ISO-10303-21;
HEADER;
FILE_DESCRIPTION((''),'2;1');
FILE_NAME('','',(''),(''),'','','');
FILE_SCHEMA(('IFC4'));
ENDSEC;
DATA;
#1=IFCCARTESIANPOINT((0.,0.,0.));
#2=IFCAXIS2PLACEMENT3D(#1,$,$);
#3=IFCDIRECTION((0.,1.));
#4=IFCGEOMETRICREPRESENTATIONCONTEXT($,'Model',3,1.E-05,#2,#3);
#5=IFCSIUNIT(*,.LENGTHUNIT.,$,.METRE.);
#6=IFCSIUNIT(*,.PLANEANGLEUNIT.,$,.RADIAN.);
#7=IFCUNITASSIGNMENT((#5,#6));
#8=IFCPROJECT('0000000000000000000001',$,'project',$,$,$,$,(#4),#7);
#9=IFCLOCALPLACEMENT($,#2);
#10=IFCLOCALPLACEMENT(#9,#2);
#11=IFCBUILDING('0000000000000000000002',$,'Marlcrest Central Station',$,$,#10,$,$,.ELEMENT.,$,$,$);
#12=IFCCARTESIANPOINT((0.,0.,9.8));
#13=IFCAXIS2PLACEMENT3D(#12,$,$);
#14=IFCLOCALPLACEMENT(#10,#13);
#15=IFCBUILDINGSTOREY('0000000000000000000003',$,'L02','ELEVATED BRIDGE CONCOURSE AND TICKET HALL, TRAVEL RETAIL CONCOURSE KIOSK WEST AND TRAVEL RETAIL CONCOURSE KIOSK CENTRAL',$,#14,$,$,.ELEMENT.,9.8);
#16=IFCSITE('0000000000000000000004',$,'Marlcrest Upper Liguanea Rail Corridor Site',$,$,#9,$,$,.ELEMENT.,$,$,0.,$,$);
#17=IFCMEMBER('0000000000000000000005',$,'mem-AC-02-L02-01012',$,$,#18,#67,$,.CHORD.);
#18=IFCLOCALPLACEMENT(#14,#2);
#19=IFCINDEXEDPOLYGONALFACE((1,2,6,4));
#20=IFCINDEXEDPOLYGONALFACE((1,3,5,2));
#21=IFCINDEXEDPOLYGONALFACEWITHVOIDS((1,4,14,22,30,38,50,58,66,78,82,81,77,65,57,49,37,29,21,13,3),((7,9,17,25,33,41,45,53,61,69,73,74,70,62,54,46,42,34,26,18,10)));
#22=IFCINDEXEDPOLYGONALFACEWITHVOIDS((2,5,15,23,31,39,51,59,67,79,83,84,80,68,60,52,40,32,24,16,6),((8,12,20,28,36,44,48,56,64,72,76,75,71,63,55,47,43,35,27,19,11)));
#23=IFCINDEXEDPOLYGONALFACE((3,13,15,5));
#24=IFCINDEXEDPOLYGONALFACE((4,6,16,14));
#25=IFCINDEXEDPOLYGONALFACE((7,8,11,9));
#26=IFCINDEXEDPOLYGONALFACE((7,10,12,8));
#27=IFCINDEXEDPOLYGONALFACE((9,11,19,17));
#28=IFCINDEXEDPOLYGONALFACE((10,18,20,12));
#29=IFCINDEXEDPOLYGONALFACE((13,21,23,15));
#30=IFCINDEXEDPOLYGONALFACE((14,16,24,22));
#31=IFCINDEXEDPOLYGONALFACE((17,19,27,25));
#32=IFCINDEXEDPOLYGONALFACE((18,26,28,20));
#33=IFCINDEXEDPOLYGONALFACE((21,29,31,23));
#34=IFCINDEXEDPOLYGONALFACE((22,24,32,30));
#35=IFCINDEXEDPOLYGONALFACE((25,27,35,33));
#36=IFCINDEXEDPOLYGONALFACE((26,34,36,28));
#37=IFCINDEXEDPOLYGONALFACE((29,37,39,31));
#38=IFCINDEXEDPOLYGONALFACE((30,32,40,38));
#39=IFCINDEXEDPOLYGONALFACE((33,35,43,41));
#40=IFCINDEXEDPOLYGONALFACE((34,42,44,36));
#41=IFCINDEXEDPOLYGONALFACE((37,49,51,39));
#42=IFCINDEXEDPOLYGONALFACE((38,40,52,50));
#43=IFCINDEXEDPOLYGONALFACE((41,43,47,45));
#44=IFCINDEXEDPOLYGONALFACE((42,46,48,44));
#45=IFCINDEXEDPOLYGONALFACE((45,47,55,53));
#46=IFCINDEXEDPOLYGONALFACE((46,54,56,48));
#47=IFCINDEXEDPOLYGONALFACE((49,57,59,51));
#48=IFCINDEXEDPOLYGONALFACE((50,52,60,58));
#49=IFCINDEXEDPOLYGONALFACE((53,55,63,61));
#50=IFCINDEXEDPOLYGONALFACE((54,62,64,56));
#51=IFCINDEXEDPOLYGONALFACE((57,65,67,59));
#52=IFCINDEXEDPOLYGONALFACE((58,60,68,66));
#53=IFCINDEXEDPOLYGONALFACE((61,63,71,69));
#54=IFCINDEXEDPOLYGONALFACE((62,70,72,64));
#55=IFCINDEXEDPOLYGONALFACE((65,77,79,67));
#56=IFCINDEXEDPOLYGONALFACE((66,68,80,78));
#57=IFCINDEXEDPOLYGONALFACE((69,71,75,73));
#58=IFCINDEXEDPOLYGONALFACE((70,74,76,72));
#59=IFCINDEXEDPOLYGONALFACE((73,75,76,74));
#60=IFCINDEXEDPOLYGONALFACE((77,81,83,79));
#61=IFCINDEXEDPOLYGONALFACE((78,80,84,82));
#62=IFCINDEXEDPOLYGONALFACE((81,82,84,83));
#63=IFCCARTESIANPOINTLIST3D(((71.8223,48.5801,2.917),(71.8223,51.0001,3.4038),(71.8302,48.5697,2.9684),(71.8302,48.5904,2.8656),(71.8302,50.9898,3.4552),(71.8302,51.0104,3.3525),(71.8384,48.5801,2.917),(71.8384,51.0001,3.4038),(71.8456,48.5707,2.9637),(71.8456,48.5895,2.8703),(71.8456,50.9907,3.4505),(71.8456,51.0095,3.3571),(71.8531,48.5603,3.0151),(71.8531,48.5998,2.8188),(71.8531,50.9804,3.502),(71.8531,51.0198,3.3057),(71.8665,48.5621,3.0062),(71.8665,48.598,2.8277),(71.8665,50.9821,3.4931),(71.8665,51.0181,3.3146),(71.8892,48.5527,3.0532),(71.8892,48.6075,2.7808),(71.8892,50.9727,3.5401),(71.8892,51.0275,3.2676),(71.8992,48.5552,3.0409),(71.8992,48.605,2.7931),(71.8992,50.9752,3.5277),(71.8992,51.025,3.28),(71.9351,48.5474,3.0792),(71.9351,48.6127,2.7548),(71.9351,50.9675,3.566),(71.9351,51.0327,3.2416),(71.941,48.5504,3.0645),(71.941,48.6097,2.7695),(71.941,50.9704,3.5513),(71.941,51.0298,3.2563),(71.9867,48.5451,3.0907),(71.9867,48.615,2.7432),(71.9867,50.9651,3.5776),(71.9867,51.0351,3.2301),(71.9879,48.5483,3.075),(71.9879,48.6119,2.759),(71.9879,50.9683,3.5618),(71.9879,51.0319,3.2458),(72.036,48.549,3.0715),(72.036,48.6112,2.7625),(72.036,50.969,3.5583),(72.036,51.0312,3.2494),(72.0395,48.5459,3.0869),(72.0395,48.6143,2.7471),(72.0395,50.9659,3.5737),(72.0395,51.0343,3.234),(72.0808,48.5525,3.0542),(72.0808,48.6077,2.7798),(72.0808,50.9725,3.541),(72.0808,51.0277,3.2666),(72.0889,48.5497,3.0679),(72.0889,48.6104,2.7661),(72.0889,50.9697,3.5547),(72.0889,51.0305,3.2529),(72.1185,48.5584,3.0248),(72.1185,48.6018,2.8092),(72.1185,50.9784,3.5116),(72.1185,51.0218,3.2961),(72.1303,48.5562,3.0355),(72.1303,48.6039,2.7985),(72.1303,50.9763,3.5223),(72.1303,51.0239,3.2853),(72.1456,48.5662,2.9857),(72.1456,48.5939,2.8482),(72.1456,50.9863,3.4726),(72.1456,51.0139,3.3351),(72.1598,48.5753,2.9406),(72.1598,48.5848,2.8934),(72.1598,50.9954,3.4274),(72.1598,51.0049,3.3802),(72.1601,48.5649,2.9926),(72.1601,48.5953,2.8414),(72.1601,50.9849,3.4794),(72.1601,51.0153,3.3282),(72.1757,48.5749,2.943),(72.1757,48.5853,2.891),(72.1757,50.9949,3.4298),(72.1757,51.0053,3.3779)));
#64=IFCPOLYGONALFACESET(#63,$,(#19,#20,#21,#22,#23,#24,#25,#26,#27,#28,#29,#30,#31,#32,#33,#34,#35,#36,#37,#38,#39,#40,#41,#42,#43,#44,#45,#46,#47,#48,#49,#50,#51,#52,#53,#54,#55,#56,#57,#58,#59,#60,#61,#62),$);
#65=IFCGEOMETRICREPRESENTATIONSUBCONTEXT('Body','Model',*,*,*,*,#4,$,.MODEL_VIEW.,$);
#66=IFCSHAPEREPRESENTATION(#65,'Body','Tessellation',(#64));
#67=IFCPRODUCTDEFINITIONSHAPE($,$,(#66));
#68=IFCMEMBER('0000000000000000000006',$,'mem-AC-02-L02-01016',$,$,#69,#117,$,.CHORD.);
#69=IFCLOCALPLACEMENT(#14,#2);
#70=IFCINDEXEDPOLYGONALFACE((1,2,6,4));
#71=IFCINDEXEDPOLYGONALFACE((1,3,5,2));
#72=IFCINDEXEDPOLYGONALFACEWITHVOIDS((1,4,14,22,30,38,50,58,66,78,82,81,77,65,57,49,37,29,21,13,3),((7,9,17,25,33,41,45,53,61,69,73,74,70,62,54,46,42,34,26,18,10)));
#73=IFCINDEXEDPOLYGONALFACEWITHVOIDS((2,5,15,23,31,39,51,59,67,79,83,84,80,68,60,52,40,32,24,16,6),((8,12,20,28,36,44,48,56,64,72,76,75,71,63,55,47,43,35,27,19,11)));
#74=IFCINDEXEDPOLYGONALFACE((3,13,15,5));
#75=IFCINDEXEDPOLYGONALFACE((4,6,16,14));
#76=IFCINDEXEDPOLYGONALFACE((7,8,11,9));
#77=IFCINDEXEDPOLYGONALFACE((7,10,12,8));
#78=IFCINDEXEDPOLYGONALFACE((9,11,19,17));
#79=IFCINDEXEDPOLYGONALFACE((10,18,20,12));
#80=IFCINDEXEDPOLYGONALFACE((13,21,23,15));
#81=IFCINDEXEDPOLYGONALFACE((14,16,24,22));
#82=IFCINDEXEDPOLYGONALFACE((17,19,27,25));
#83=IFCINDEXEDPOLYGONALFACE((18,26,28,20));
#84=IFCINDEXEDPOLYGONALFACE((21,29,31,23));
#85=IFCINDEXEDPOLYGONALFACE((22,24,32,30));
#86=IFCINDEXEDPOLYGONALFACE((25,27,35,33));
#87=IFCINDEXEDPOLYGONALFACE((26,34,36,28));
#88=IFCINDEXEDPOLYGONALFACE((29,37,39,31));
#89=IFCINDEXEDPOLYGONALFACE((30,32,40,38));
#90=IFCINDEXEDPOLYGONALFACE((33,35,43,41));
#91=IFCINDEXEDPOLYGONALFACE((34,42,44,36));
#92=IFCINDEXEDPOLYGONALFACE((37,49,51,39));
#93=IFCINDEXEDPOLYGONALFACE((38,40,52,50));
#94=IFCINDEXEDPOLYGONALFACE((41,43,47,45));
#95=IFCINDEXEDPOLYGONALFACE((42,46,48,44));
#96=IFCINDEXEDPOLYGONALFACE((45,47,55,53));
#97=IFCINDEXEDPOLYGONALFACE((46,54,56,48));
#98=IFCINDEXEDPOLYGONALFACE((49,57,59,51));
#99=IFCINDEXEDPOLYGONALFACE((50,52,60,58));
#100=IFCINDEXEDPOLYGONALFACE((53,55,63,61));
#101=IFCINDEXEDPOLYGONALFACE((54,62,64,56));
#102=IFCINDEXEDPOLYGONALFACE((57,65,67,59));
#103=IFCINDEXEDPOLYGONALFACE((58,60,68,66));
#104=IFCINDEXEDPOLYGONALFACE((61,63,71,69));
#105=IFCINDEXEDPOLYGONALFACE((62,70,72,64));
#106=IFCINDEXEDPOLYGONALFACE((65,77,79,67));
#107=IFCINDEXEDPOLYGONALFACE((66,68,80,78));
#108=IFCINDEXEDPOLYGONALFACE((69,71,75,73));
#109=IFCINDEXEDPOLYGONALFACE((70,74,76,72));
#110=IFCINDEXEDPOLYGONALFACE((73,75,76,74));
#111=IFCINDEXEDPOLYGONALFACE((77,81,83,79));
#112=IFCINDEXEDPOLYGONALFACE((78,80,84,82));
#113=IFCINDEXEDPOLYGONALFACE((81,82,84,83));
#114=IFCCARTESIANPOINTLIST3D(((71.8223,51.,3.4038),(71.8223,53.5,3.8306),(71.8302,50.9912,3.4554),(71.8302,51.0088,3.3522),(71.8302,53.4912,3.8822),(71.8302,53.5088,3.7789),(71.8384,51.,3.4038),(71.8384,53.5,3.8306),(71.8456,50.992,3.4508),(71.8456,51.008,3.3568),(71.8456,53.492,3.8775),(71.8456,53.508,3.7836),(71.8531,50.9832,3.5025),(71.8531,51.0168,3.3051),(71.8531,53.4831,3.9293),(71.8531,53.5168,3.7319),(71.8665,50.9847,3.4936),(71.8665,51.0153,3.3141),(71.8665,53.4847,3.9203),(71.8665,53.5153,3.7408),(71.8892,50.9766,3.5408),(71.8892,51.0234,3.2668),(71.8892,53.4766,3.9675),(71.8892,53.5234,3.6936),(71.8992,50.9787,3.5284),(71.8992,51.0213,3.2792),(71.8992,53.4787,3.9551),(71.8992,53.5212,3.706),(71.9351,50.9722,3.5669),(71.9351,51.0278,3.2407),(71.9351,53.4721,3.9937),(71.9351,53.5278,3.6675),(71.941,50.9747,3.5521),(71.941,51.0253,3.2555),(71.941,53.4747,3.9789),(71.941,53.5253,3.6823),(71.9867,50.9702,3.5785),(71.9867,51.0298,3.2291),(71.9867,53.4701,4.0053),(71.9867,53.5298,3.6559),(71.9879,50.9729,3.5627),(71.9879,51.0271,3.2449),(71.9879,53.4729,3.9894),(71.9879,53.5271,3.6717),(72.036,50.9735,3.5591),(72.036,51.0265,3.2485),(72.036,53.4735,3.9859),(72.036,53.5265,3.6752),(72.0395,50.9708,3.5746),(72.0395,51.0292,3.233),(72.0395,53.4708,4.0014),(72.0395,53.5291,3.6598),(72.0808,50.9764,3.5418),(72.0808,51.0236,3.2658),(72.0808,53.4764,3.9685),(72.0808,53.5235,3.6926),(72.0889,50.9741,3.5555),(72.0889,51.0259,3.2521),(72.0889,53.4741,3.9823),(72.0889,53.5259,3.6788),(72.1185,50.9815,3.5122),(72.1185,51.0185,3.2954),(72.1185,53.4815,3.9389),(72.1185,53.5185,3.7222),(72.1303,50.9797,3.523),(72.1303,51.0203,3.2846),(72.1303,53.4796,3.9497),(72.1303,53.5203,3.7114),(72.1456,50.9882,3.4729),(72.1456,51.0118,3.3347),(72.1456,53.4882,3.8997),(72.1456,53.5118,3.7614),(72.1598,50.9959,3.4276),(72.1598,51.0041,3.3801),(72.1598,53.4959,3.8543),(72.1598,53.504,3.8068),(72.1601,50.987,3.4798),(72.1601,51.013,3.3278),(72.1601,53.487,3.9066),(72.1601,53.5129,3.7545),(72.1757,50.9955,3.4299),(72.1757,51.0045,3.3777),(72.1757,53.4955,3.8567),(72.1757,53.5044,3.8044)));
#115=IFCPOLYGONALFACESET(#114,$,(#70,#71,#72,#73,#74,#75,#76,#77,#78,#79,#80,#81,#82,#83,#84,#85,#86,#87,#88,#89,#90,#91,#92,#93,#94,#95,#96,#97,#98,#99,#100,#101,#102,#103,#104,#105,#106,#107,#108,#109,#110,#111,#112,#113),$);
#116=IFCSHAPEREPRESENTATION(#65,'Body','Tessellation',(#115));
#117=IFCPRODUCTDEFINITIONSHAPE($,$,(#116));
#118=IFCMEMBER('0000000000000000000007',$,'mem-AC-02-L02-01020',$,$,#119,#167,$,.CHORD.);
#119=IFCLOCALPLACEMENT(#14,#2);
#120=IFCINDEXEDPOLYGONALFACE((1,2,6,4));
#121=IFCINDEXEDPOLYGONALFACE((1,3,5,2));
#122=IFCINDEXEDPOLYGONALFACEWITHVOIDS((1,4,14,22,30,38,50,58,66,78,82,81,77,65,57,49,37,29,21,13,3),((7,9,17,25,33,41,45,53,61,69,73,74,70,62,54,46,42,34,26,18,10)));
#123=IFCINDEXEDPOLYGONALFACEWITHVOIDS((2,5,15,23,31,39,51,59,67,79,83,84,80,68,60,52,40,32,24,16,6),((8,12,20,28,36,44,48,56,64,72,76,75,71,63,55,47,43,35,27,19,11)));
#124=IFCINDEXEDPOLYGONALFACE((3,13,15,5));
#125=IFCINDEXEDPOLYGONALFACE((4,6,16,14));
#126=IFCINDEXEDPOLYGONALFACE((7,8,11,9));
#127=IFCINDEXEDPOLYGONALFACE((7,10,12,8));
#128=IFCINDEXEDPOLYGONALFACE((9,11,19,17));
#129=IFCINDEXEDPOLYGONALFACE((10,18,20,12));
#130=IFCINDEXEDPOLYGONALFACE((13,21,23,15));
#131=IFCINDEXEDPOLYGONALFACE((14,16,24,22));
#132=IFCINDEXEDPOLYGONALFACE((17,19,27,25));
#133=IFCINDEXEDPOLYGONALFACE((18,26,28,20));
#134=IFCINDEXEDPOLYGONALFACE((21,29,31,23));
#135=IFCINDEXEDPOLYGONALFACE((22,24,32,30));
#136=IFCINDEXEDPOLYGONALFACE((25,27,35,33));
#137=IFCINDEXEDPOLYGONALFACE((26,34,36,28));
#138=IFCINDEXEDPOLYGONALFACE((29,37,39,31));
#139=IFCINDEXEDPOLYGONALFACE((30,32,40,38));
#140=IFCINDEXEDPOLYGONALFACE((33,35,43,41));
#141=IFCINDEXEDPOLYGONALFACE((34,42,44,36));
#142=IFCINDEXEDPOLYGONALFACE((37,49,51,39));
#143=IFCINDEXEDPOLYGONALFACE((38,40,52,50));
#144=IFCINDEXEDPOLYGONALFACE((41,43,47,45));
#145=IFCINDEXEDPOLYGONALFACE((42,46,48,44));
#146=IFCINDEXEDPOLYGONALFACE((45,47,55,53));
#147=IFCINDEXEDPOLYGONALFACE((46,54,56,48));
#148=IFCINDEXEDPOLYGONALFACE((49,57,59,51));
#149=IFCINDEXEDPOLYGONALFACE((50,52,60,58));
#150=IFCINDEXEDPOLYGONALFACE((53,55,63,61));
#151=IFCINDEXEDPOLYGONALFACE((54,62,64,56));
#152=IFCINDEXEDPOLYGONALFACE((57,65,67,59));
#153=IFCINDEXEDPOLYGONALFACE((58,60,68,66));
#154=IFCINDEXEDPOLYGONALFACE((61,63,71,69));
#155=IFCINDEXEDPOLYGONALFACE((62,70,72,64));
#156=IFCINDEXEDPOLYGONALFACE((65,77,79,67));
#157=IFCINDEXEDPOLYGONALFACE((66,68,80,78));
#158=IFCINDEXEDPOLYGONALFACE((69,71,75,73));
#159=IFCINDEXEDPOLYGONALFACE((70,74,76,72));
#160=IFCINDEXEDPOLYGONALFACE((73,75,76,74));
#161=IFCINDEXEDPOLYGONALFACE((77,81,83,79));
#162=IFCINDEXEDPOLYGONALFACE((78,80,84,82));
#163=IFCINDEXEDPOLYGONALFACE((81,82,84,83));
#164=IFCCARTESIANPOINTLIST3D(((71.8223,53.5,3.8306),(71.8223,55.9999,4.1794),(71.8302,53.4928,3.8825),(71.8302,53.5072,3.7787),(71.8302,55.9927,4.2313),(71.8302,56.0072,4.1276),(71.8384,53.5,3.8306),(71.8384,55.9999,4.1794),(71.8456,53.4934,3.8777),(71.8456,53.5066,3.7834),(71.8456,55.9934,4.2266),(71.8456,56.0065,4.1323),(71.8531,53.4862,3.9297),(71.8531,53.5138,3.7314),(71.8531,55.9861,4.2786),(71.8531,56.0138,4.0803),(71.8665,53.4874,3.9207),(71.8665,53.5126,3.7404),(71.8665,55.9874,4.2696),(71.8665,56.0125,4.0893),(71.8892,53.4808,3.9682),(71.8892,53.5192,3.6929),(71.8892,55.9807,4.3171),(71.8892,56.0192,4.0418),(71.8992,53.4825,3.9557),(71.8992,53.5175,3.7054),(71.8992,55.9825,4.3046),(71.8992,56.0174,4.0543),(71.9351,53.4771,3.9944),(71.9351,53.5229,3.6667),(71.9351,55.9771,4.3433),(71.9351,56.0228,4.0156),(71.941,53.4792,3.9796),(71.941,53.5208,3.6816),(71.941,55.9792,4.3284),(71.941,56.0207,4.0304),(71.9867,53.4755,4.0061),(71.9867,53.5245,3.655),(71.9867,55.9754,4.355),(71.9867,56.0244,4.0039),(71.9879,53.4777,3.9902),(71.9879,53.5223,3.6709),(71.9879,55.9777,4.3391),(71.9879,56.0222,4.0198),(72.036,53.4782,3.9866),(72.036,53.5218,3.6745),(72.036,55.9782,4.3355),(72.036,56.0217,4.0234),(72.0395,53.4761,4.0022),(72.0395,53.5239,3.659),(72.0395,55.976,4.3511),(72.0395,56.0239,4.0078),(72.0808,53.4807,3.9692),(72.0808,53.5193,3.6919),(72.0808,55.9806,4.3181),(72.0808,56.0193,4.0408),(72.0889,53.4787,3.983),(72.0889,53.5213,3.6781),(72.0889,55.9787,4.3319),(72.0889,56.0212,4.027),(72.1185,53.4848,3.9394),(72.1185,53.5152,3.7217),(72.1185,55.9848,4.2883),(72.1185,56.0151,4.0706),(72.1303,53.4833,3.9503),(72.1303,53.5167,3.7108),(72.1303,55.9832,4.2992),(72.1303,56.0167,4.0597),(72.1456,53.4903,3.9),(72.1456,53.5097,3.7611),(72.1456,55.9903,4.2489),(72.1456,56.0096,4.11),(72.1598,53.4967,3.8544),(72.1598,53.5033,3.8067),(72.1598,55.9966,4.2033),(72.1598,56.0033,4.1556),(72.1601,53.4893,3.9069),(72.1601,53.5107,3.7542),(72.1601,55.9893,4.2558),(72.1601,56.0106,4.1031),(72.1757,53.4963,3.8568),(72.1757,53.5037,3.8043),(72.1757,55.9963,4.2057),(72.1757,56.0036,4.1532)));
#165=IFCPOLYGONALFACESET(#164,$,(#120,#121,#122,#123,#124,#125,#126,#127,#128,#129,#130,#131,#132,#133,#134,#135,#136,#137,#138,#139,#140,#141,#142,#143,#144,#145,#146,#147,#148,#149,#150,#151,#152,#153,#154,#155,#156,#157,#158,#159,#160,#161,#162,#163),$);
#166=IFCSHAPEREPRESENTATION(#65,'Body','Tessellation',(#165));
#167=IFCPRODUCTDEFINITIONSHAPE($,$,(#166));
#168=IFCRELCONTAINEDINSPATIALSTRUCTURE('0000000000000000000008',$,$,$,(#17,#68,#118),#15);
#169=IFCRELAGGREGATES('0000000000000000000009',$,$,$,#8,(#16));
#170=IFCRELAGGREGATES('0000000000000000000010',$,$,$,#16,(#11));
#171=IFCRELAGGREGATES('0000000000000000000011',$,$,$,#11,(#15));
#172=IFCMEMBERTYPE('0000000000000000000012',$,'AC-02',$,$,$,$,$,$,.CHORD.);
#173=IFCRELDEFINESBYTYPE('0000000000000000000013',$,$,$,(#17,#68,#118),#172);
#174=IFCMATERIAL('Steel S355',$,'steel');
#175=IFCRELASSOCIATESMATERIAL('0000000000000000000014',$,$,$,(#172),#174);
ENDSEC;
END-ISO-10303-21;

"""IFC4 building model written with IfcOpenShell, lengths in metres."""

from ifc_helpers import new_model, si_unit, direction, frame, origin, origin_2d, place, context, subcontext, project, spatial, hollow_circle, extrude, material, material_profile, profile_set, type_object, element, save


model = new_model("IFC4")

# Units and contexts
model_context = context("Model", 3, precision=1e-05, world=origin(), true_north=direction((0.0, 1.0)))
body_context = subcontext(model_context, "Body", "Model", "MODEL_VIEW")
ifc_project = project(units=[si_unit("LENGTHUNIT", "METRE"), si_unit("PLANEANGLEUNIT", "RADIAN")], contexts=[model_context])

# Site, building, storey
site_placement = place(None, origin())
site = spatial("IfcSite", under=ifc_project, at=site_placement, Name="Marlcrest Upper Liguanea Rail Corridor Site", CompositionType="ELEMENT", RefElevation=0.0)
building_placement = place(site_placement, origin())
building = spatial("IfcBuilding", under=site, at=building_placement, Name="Marlcrest Central Station", CompositionType="ELEMENT")
storey_placement = place(building_placement, frame((0.0, 0.0, 9.8)))
storey = spatial("IfcBuildingStorey", under=building, at=storey_placement, Name="L02", Description="ELEVATED BRIDGE CONCOURSE AND TICKET HALL, TRAVEL RETAIL CONCOURSE KIOSK WEST AND TRAVEL RETAIL CONCOURSE KIOSK CENTRAL", CompositionType="ELEMENT", Elevation=9.8)

# Members
ifc_material = material(Name="Steel S355", Category="steel")
ifc_material_profile_1 = material_profile(ifc_material, hollow_circle(Radius=0.1777, WallThickness=0.0161, at=origin_2d()), Name="CHS 355.6x16")
ifc_profile_set_1 = profile_set([ifc_material_profile_1], Name="Steel S355")
member_type_1 = type_object("IfcMemberType", Name="AC-02", PredefinedType="CHORD", material=ifc_profile_set_1)
member_1_placement = place(storey_placement, frame((72.0, 48.5801, 2.917), z_axis=(0.0, 0.980359, 0.197219), x_axis=(-1.0, 0.0, 0.0)))
element("IfcMember", 1, at=member_1_placement, inside=storey, type_object=member_type_1, Name="mem-AC-02-L02-01012", PredefinedType="CHORD", context=body_context, shape_type="SweptSolid", body=[
    extrude(hollow_circle(Radius=0.1777, WallThickness=0.0161, at=origin_2d()), origin(), (0.0, 0.0, 1.0), 2.4685),
])
member_2_placement = place(storey_placement, frame((72.0, 51.0, 3.4038), z_axis=(0.0, 0.985741, 0.168269), x_axis=(-1.0, 0.0, 0.0)))
element("IfcMember", 2, at=member_2_placement, inside=storey, type_object=member_type_1, Name="mem-AC-02-L02-01016", PredefinedType="CHORD", context=body_context, shape_type="SweptSolid", body=[
    extrude(hollow_circle(Radius=0.1777, WallThickness=0.0161, at=origin_2d()), origin(), (0.0, 0.0, 1.0), 2.5361),
])
member_3_placement = place(storey_placement, frame((72.0, 53.5, 3.8306), z_axis=(0.0, 0.990403, 0.138211), x_axis=(-1.0, 0.0, 0.0)))
element("IfcMember", 3, at=member_3_placement, inside=storey, type_object=member_type_1, Name="mem-AC-02-L02-01020", PredefinedType="CHORD", context=body_context, shape_type="SweptSolid", body=[
    extrude(hollow_circle(Radius=0.1777, WallThickness=0.0161, at=origin_2d()), origin(), (0.0, 0.0, 1.0), 2.5242),
])

save(model, "model.ifc")
